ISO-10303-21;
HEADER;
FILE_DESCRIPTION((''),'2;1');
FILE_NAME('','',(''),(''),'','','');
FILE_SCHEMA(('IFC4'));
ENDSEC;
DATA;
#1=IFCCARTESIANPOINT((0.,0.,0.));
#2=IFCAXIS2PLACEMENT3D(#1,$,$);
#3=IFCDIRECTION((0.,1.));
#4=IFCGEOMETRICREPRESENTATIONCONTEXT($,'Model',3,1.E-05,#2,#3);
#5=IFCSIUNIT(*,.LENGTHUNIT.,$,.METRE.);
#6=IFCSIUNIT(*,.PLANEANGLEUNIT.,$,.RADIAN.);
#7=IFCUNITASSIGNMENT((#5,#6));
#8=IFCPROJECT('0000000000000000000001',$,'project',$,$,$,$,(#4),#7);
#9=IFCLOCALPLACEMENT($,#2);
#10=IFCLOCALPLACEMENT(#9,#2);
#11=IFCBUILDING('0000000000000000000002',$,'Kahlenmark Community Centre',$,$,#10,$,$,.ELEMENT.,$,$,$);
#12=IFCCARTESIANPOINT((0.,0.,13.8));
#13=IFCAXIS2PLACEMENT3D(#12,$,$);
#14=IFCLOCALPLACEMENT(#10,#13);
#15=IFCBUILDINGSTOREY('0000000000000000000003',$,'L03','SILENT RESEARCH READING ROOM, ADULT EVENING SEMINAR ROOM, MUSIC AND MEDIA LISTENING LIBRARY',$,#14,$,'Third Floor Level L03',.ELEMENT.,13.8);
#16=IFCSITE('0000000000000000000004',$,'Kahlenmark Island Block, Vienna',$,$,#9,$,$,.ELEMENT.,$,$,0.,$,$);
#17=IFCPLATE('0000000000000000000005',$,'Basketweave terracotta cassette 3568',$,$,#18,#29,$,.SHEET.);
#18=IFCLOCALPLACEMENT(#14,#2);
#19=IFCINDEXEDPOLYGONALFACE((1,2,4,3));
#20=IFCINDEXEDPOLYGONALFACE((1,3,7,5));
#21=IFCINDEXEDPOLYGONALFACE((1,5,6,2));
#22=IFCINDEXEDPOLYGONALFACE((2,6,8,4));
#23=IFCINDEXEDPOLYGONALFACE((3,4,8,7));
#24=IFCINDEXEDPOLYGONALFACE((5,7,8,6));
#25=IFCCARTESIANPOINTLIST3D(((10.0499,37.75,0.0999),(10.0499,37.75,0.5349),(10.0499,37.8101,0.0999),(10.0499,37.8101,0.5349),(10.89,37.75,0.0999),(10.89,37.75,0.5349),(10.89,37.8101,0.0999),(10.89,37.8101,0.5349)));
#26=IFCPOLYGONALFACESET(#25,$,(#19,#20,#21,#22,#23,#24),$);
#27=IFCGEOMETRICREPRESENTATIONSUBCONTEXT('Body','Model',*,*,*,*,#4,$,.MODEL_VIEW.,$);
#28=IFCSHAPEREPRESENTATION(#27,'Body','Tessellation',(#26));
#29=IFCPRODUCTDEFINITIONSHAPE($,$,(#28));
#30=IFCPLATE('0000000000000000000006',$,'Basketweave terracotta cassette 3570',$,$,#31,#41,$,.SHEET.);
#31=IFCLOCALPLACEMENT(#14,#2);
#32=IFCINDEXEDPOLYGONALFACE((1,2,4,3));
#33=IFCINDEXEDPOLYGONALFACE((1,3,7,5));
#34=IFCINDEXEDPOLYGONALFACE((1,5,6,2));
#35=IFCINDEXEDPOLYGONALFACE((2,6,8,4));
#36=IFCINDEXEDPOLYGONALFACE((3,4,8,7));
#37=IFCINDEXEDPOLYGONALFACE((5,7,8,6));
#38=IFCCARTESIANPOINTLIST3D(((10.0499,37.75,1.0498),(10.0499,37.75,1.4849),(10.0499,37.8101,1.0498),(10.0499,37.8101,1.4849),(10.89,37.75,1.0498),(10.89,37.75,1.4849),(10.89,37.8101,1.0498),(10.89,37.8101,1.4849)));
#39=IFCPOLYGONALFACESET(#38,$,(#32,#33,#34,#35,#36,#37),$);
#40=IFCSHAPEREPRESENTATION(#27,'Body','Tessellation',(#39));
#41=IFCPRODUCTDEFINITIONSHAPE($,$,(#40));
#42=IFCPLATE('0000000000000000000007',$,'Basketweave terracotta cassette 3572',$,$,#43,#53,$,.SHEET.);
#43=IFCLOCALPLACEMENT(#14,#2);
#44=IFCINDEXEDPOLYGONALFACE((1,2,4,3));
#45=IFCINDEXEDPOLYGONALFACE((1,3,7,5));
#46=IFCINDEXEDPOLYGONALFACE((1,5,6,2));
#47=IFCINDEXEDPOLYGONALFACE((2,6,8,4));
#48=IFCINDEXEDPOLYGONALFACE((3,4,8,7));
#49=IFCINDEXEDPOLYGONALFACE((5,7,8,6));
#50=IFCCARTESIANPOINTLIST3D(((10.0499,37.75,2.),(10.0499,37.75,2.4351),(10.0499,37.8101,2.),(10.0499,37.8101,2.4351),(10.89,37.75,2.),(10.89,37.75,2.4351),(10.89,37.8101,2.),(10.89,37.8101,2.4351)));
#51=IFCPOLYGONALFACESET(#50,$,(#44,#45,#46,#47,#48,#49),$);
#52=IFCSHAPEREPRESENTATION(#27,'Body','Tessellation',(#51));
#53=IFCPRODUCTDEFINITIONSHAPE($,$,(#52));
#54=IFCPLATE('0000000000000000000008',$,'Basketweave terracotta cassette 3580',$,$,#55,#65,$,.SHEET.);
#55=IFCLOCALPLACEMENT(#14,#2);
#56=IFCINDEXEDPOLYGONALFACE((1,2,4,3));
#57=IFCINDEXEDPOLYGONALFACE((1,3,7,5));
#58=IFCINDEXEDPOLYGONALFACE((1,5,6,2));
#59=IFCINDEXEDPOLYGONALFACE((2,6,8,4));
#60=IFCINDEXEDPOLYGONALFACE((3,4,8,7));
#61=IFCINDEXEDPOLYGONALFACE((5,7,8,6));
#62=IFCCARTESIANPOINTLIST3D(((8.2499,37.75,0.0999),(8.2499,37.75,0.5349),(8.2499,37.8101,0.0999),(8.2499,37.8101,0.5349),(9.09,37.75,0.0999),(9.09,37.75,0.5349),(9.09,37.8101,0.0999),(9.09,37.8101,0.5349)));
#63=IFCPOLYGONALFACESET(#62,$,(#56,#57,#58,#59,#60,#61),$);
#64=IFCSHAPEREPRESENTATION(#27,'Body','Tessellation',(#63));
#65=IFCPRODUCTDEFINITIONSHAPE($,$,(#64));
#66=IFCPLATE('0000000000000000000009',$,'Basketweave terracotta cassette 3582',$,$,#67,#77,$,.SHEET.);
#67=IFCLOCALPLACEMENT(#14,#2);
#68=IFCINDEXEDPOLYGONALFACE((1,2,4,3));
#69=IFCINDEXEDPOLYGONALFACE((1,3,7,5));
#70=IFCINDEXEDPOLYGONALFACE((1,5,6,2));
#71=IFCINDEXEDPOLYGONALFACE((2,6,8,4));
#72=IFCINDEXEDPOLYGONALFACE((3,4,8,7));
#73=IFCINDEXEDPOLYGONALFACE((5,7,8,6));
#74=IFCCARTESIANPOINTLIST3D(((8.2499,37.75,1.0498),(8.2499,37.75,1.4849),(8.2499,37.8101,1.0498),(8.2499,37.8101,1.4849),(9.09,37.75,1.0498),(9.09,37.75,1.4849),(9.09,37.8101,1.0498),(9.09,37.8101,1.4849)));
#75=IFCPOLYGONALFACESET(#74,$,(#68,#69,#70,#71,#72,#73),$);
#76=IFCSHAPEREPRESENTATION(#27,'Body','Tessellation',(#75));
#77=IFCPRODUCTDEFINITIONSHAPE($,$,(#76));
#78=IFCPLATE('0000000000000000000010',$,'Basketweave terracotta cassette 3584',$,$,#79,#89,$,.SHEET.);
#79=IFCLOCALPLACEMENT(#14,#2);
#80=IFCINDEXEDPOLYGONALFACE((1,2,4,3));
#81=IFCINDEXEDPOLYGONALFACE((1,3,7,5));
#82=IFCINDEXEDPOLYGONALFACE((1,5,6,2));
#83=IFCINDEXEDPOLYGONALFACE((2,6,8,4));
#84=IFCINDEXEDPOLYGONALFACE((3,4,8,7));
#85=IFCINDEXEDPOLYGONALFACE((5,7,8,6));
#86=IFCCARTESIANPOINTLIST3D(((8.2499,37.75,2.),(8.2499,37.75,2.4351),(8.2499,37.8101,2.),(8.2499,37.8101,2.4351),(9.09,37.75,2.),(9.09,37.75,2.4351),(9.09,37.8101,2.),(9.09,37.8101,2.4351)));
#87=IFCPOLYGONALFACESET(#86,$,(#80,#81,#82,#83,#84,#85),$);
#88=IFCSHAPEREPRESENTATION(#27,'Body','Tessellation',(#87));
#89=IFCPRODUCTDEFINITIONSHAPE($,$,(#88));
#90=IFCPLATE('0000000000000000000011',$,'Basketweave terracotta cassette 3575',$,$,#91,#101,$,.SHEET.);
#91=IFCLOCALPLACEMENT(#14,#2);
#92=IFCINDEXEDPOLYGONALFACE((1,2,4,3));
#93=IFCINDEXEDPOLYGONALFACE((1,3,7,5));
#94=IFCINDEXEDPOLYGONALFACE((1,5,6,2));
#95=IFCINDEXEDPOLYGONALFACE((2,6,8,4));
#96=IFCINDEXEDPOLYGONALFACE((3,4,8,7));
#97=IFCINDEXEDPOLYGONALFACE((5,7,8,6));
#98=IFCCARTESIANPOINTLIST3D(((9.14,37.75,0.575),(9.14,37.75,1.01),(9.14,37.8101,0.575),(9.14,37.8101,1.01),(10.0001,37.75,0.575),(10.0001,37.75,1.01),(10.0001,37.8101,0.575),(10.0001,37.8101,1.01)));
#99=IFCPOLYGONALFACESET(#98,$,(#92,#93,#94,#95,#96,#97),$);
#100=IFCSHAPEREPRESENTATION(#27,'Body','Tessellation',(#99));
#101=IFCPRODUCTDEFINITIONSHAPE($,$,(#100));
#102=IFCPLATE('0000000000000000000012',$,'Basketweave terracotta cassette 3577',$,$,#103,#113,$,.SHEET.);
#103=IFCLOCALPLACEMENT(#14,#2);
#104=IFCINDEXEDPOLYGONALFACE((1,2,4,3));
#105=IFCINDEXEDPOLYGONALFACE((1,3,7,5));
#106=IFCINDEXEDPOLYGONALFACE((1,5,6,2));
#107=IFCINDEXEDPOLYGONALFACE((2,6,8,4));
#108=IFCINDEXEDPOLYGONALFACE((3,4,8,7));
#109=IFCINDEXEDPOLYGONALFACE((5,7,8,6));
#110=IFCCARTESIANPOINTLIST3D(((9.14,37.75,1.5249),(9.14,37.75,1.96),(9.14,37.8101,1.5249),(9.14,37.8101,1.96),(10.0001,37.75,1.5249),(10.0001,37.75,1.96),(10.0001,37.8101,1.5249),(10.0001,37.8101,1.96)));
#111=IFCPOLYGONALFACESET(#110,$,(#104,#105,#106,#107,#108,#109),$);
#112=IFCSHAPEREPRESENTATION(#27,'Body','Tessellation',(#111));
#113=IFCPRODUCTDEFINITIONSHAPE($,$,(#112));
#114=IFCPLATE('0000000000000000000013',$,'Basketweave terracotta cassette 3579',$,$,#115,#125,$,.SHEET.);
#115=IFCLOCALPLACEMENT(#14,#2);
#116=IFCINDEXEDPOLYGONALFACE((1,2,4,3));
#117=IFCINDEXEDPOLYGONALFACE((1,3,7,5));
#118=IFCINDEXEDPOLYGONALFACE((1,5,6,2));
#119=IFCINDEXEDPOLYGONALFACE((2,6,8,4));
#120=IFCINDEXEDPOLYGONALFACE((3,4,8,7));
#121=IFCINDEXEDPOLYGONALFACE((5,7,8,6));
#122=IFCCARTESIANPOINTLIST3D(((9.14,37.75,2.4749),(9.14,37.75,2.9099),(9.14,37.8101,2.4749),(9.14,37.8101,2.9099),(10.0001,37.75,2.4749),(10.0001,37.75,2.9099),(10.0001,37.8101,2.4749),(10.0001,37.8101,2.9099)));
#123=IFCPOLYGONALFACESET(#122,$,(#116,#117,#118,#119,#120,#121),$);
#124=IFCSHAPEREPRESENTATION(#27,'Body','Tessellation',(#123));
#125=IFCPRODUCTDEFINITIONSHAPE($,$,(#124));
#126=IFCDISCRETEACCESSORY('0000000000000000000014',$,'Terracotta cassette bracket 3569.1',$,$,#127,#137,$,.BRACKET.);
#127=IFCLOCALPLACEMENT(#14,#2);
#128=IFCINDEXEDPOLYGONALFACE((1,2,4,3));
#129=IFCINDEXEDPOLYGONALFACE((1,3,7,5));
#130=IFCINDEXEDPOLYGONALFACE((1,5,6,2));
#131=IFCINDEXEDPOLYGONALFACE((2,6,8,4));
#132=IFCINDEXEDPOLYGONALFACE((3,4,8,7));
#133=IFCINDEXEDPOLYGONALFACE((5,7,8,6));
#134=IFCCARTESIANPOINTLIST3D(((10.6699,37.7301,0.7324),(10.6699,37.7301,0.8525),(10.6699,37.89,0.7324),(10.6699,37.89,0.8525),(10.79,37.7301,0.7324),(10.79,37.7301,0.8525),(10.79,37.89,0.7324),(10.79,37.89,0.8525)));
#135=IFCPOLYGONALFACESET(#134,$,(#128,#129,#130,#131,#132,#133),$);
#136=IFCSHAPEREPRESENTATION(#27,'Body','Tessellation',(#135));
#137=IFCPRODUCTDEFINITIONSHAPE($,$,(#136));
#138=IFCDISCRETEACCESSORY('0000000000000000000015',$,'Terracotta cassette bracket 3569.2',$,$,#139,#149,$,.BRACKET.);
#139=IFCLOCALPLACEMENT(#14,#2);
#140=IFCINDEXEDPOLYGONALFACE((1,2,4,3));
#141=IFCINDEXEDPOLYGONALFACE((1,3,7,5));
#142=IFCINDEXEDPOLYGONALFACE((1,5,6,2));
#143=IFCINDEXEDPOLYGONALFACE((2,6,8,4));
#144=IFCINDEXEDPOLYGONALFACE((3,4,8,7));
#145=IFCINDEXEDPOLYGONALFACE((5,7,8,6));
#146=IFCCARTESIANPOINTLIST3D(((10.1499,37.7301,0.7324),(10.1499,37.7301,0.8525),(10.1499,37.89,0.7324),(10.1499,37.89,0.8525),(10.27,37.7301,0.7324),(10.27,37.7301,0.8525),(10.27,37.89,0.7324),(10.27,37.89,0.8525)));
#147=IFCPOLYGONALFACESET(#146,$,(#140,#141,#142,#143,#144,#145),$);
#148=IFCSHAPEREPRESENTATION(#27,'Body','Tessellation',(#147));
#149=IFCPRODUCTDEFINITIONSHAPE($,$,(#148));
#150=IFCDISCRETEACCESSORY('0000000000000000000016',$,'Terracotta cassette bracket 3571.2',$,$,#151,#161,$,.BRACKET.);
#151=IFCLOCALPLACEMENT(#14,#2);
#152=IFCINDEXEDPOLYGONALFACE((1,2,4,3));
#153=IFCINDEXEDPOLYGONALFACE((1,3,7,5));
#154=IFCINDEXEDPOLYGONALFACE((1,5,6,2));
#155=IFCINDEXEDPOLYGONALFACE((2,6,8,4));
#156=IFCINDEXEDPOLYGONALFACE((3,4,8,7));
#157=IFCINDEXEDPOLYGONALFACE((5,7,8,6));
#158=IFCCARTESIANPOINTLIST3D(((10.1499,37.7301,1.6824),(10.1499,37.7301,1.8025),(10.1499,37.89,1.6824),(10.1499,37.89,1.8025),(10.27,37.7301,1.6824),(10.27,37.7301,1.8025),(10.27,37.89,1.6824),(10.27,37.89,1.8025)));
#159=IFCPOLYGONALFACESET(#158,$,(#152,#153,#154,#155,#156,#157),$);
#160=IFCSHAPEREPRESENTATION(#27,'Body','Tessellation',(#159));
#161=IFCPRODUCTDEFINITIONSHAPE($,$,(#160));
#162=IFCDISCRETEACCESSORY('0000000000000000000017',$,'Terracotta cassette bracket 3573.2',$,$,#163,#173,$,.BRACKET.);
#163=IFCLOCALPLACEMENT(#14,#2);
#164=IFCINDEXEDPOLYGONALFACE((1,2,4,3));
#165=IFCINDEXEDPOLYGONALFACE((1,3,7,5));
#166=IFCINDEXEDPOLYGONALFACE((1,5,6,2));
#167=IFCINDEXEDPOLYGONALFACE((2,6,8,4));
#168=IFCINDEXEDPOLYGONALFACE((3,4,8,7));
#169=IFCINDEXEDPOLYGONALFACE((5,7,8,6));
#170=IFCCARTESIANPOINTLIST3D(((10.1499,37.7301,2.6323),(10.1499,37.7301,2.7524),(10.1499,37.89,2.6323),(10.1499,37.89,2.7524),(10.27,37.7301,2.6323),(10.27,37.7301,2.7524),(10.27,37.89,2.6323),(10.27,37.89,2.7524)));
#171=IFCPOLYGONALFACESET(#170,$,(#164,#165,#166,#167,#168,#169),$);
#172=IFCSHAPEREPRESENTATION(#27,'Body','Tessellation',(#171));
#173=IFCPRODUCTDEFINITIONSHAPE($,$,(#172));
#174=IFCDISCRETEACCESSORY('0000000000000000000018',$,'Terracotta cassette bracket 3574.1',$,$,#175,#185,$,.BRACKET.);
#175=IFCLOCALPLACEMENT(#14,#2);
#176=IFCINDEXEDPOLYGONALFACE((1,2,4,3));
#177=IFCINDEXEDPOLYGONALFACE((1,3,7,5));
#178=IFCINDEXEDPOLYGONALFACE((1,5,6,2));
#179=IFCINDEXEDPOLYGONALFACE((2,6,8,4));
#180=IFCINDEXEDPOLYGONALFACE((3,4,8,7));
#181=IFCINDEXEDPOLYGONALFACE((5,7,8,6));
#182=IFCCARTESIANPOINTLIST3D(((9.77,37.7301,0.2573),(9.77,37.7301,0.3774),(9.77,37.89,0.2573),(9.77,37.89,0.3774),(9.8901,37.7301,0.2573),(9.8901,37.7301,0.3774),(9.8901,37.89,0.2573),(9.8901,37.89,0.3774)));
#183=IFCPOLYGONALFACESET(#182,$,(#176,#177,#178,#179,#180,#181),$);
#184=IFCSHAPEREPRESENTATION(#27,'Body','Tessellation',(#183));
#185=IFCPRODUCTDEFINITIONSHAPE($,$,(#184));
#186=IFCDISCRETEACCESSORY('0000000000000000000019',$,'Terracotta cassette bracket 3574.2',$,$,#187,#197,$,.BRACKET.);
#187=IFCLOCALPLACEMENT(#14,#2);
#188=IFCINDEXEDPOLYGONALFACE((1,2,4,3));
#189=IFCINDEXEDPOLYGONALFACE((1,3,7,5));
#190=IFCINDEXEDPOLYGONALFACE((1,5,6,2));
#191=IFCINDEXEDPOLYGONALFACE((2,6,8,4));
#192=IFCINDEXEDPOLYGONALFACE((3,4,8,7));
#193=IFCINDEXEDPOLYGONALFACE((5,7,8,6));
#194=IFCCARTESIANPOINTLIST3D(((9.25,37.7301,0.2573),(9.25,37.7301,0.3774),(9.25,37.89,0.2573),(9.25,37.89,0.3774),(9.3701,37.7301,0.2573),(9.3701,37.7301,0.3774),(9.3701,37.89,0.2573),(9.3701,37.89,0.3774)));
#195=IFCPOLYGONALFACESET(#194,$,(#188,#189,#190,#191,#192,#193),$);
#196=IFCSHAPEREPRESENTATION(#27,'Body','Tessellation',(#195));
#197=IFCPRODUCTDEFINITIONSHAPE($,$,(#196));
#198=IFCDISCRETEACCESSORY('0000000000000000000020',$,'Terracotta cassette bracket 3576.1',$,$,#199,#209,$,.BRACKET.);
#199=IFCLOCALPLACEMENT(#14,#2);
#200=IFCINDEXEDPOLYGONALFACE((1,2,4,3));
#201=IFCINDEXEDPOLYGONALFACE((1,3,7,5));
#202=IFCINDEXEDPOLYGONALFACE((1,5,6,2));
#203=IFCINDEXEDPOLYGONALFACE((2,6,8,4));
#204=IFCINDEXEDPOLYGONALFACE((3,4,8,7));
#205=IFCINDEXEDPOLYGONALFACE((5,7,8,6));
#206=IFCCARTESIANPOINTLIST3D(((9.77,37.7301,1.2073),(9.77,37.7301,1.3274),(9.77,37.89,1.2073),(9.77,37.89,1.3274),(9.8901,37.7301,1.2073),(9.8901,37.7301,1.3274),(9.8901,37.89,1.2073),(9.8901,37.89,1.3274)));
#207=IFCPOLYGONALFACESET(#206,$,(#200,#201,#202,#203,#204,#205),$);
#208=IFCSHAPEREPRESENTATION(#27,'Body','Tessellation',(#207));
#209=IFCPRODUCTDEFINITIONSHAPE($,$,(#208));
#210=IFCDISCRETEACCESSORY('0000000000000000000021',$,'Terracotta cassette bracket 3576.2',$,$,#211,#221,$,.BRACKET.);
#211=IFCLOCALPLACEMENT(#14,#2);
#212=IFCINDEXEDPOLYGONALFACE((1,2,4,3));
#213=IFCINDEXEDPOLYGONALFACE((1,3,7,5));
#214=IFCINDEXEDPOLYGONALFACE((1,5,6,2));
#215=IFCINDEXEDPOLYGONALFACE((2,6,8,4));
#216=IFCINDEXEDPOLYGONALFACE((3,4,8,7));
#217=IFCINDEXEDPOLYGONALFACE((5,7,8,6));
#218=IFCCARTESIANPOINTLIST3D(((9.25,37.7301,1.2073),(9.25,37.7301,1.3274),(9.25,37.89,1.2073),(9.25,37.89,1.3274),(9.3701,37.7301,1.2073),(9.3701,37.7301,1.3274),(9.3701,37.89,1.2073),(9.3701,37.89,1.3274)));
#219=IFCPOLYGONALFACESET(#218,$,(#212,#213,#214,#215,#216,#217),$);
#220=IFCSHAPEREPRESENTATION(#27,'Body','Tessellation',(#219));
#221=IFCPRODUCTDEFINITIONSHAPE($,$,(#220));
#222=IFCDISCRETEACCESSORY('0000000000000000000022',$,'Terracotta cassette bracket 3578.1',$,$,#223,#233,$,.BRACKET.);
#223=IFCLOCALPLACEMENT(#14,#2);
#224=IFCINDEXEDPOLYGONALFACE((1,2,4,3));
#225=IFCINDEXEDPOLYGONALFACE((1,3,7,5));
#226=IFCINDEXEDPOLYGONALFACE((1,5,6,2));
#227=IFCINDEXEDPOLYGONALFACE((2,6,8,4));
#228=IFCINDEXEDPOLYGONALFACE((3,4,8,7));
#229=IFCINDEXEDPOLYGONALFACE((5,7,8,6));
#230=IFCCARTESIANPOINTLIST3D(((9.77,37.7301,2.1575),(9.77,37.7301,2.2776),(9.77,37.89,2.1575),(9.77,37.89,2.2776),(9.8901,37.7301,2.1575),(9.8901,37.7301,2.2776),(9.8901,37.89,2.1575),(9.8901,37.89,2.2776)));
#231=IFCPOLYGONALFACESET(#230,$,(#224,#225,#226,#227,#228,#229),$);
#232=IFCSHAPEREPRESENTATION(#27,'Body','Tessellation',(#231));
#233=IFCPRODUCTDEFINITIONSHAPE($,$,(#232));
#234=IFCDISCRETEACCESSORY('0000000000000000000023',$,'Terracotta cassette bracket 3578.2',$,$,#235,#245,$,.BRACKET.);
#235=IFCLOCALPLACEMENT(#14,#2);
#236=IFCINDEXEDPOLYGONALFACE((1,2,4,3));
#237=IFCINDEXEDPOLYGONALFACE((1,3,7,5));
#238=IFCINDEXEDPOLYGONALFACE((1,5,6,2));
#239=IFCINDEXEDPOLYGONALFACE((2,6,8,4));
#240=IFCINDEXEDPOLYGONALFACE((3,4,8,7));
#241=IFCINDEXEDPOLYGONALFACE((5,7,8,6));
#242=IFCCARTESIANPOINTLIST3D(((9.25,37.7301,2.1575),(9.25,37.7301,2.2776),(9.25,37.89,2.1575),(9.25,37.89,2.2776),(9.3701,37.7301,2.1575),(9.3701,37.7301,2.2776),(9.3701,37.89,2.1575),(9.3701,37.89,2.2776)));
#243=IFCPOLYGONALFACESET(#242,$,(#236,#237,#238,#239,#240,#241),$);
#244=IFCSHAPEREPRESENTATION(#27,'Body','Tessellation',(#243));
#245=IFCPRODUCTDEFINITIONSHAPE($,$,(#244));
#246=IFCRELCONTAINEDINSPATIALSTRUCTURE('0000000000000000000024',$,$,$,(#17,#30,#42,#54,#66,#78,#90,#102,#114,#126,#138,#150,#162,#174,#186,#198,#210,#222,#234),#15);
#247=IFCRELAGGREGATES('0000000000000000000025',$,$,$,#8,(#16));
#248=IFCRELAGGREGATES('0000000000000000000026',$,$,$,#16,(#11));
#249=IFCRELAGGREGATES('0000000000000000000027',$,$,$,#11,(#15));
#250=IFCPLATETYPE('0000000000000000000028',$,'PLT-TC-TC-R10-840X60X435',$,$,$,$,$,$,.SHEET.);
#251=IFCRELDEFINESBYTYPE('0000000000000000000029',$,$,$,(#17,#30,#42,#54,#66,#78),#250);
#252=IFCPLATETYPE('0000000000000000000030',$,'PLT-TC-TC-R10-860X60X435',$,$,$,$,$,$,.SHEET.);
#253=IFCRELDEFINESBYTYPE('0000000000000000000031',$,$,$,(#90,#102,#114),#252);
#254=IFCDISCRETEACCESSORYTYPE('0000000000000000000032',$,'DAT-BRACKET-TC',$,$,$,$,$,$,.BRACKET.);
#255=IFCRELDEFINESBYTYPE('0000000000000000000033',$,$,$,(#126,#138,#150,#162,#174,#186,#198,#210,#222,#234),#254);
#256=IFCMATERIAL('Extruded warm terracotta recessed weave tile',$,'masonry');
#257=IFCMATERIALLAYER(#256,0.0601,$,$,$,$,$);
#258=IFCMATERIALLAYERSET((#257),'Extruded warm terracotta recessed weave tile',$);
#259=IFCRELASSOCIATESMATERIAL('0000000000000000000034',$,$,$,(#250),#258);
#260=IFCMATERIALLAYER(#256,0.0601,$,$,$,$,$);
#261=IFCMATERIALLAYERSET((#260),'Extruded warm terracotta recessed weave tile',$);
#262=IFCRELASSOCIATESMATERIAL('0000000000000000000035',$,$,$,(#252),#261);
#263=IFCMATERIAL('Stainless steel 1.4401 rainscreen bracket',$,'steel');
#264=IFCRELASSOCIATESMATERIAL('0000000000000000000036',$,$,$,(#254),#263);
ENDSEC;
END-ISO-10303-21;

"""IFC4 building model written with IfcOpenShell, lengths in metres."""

from ifc_helpers import new_model, si_unit, direction, frame, origin, origin_2d, place, context, subcontext, project, spatial, rectangle, extrude, material, layer, layer_set, type_object, element, save


model = new_model("IFC4")

# Units and contexts
model_context = context("Model", 3, precision=1e-05, world=origin(), true_north=direction((0.0, 1.0)))
body_context = subcontext(model_context, "Body", "Model", "MODEL_VIEW")
ifc_project = project(units=[si_unit("LENGTHUNIT", "METRE"), si_unit("PLANEANGLEUNIT", "RADIAN")], contexts=[model_context])

# Site, building, storey
site_placement = place(None, origin())
site = spatial("IfcSite", under=ifc_project, at=site_placement, Name="Kahlenmark Island Block, Vienna", CompositionType="ELEMENT", RefElevation=0.0)
building_placement = place(site_placement, origin())
building = spatial("IfcBuilding", under=site, at=building_placement, Name="Kahlenmark Community Centre", CompositionType="ELEMENT")
storey_placement = place(building_placement, frame((0.0, 0.0, 13.8)))
storey = spatial("IfcBuildingStorey", under=building, at=storey_placement, Name="L03", Description="SILENT RESEARCH READING ROOM, ADULT EVENING SEMINAR ROOM, MUSIC AND MEDIA LISTENING LIBRARY", LongName="Third Floor Level L03", CompositionType="ELEMENT", Elevation=13.8)

# Plates
ifc_material_1 = material(Name="Extruded warm terracotta recessed weave tile", Category="masonry")
ifc_layer_1 = layer(ifc_material_1, 0.0601)
ifc_layer_set_1 = layer_set([ifc_layer_1], Name="Extruded warm terracotta recessed weave tile")
plate_type_1 = type_object("IfcPlateType", Name="PLT-TC-TC-R10-840X60X435", PredefinedType="SHEET", material=ifc_layer_set_1)
for number, where, z_axis, x_axis, name in (
    (1, (10.47, 37.78, 0.0999), (0.0, 0.0, 1.0), (-1.0, 0.0, 0.0), "Basketweave terracotta cassette 3568"),
    (2, (10.47, 37.78, 1.0498), (0.0, 0.0, 1.0), (-1.0, 0.0, 0.0), "Basketweave terracotta cassette 3570"),
    (3, (10.47, 37.78, 2.0), (0.0, 0.0, 1.0), (-1.0, 0.0, 0.0), "Basketweave terracotta cassette 3572"),
    (4, (8.6699, 37.78, 0.0999), (0.0, 0.0, 1.0), (-1.0, 0.0, 0.0), "Basketweave terracotta cassette 3580"),
    (5, (8.6699, 37.78, 1.0498), (0.0, 0.0, 1.0), (-1.0, 0.0, 0.0), "Basketweave terracotta cassette 3582"),
    (6, (8.6699, 37.78, 2.0), (0.0, 0.0, 1.0), (-1.0, 0.0, 0.0), "Basketweave terracotta cassette 3584"),
):
    element("IfcPlate", number, at=place(storey_placement, frame(where, z_axis=z_axis, x_axis=x_axis)), inside=storey, type_object=plate_type_1, Name=name, PredefinedType="SHEET", context=body_context, shape_type="SweptSolid", body=[
        extrude(rectangle(XDim=0.8401, YDim=0.0601, at=origin_2d()), origin(), (0.0, 0.0, 1.0), 0.4351),
    ])
ifc_layer_2 = layer(ifc_material_1, 0.0601)
ifc_layer_set_2 = layer_set([ifc_layer_2], Name="Extruded warm terracotta recessed weave tile")
plate_type_2 = type_object("IfcPlateType", Name="PLT-TC-TC-R10-860X60X435", PredefinedType="SHEET", material=ifc_layer_set_2)
for number, where, z_axis, x_axis, name in (
    (7, (9.5701, 37.78, 0.575), (0.0, 0.0, 1.0), (-1.0, 0.0, 0.0), "Basketweave terracotta cassette 3575"),
    (8, (9.5701, 37.78, 1.5249), (0.0, 0.0, 1.0), (-1.0, 0.0, 0.0), "Basketweave terracotta cassette 3577"),
    (9, (9.5701, 37.78, 2.4749), (0.0, 0.0, 1.0), (-1.0, 0.0, 0.0), "Basketweave terracotta cassette 3579"),
):
    element("IfcPlate", number, at=place(storey_placement, frame(where, z_axis=z_axis, x_axis=x_axis)), inside=storey, type_object=plate_type_2, Name=name, PredefinedType="SHEET", context=body_context, shape_type="SweptSolid", body=[
        extrude(rectangle(XDim=0.8601, YDim=0.0601, at=origin_2d()), origin(), (0.0, 0.0, 1.0), 0.4351),
    ])

# Discrete accessories
ifc_material_2 = material(Name="Stainless steel 1.4401 rainscreen bracket", Category="steel")
discrete_accessory_type = type_object("IfcDiscreteAccessoryType", Name="DAT-BRACKET-TC", PredefinedType="BRACKET", material=ifc_material_2)
for number, where, z_axis, x_axis, name in (
    (10, (10.73, 37.8101, 0.7324), (0.0, 0.0, 1.0), (-1.0, 0.0, 0.0), "Terracotta cassette bracket 3569.1"),
    (11, (10.21, 37.8101, 0.7324), (0.0, 0.0, 1.0), (-1.0, 0.0, 0.0), "Terracotta cassette bracket 3569.2"),
    (12, (10.21, 37.8101, 1.6824), (0.0, 0.0, 1.0), (-1.0, 0.0, 0.0), "Terracotta cassette bracket 3571.2"),
    (13, (10.21, 37.8101, 2.6323), (0.0, 0.0, 1.0), (-1.0, 0.0, 0.0), "Terracotta cassette bracket 3573.2"),
    (14, (9.8301, 37.8101, 0.2573), (0.0, 0.0, 1.0), (-1.0, 0.0, 0.0), "Terracotta cassette bracket 3574.1"),
    (15, (9.3101, 37.8101, 0.2573), (0.0, 0.0, 1.0), (-1.0, 0.0, 0.0), "Terracotta cassette bracket 3574.2"),
    (16, (9.8301, 37.8101, 1.2073), (0.0, 0.0, 1.0), (-1.0, 0.0, 0.0), "Terracotta cassette bracket 3576.1"),
    (17, (9.3101, 37.8101, 1.2073), (0.0, 0.0, 1.0), (-1.0, 0.0, 0.0), "Terracotta cassette bracket 3576.2"),
    (18, (9.8301, 37.8101, 2.1575), (0.0, 0.0, 1.0), (-1.0, 0.0, 0.0), "Terracotta cassette bracket 3578.1"),
    (19, (9.3101, 37.8101, 2.1575), (0.0, 0.0, 1.0), (-1.0, 0.0, 0.0), "Terracotta cassette bracket 3578.2"),
):
    element("IfcDiscreteAccessory", number, at=place(storey_placement, frame(where, z_axis=z_axis, x_axis=x_axis)), inside=storey, type_object=discrete_accessory_type, Name=name, PredefinedType="BRACKET", context=body_context, shape_type="SweptSolid", body=[
        extrude(rectangle(XDim=0.1201, YDim=0.1599, at=origin_2d()), origin(), (0.0, 0.0, 1.0), 0.1201),
    ])

save(model, "model.ifc")
